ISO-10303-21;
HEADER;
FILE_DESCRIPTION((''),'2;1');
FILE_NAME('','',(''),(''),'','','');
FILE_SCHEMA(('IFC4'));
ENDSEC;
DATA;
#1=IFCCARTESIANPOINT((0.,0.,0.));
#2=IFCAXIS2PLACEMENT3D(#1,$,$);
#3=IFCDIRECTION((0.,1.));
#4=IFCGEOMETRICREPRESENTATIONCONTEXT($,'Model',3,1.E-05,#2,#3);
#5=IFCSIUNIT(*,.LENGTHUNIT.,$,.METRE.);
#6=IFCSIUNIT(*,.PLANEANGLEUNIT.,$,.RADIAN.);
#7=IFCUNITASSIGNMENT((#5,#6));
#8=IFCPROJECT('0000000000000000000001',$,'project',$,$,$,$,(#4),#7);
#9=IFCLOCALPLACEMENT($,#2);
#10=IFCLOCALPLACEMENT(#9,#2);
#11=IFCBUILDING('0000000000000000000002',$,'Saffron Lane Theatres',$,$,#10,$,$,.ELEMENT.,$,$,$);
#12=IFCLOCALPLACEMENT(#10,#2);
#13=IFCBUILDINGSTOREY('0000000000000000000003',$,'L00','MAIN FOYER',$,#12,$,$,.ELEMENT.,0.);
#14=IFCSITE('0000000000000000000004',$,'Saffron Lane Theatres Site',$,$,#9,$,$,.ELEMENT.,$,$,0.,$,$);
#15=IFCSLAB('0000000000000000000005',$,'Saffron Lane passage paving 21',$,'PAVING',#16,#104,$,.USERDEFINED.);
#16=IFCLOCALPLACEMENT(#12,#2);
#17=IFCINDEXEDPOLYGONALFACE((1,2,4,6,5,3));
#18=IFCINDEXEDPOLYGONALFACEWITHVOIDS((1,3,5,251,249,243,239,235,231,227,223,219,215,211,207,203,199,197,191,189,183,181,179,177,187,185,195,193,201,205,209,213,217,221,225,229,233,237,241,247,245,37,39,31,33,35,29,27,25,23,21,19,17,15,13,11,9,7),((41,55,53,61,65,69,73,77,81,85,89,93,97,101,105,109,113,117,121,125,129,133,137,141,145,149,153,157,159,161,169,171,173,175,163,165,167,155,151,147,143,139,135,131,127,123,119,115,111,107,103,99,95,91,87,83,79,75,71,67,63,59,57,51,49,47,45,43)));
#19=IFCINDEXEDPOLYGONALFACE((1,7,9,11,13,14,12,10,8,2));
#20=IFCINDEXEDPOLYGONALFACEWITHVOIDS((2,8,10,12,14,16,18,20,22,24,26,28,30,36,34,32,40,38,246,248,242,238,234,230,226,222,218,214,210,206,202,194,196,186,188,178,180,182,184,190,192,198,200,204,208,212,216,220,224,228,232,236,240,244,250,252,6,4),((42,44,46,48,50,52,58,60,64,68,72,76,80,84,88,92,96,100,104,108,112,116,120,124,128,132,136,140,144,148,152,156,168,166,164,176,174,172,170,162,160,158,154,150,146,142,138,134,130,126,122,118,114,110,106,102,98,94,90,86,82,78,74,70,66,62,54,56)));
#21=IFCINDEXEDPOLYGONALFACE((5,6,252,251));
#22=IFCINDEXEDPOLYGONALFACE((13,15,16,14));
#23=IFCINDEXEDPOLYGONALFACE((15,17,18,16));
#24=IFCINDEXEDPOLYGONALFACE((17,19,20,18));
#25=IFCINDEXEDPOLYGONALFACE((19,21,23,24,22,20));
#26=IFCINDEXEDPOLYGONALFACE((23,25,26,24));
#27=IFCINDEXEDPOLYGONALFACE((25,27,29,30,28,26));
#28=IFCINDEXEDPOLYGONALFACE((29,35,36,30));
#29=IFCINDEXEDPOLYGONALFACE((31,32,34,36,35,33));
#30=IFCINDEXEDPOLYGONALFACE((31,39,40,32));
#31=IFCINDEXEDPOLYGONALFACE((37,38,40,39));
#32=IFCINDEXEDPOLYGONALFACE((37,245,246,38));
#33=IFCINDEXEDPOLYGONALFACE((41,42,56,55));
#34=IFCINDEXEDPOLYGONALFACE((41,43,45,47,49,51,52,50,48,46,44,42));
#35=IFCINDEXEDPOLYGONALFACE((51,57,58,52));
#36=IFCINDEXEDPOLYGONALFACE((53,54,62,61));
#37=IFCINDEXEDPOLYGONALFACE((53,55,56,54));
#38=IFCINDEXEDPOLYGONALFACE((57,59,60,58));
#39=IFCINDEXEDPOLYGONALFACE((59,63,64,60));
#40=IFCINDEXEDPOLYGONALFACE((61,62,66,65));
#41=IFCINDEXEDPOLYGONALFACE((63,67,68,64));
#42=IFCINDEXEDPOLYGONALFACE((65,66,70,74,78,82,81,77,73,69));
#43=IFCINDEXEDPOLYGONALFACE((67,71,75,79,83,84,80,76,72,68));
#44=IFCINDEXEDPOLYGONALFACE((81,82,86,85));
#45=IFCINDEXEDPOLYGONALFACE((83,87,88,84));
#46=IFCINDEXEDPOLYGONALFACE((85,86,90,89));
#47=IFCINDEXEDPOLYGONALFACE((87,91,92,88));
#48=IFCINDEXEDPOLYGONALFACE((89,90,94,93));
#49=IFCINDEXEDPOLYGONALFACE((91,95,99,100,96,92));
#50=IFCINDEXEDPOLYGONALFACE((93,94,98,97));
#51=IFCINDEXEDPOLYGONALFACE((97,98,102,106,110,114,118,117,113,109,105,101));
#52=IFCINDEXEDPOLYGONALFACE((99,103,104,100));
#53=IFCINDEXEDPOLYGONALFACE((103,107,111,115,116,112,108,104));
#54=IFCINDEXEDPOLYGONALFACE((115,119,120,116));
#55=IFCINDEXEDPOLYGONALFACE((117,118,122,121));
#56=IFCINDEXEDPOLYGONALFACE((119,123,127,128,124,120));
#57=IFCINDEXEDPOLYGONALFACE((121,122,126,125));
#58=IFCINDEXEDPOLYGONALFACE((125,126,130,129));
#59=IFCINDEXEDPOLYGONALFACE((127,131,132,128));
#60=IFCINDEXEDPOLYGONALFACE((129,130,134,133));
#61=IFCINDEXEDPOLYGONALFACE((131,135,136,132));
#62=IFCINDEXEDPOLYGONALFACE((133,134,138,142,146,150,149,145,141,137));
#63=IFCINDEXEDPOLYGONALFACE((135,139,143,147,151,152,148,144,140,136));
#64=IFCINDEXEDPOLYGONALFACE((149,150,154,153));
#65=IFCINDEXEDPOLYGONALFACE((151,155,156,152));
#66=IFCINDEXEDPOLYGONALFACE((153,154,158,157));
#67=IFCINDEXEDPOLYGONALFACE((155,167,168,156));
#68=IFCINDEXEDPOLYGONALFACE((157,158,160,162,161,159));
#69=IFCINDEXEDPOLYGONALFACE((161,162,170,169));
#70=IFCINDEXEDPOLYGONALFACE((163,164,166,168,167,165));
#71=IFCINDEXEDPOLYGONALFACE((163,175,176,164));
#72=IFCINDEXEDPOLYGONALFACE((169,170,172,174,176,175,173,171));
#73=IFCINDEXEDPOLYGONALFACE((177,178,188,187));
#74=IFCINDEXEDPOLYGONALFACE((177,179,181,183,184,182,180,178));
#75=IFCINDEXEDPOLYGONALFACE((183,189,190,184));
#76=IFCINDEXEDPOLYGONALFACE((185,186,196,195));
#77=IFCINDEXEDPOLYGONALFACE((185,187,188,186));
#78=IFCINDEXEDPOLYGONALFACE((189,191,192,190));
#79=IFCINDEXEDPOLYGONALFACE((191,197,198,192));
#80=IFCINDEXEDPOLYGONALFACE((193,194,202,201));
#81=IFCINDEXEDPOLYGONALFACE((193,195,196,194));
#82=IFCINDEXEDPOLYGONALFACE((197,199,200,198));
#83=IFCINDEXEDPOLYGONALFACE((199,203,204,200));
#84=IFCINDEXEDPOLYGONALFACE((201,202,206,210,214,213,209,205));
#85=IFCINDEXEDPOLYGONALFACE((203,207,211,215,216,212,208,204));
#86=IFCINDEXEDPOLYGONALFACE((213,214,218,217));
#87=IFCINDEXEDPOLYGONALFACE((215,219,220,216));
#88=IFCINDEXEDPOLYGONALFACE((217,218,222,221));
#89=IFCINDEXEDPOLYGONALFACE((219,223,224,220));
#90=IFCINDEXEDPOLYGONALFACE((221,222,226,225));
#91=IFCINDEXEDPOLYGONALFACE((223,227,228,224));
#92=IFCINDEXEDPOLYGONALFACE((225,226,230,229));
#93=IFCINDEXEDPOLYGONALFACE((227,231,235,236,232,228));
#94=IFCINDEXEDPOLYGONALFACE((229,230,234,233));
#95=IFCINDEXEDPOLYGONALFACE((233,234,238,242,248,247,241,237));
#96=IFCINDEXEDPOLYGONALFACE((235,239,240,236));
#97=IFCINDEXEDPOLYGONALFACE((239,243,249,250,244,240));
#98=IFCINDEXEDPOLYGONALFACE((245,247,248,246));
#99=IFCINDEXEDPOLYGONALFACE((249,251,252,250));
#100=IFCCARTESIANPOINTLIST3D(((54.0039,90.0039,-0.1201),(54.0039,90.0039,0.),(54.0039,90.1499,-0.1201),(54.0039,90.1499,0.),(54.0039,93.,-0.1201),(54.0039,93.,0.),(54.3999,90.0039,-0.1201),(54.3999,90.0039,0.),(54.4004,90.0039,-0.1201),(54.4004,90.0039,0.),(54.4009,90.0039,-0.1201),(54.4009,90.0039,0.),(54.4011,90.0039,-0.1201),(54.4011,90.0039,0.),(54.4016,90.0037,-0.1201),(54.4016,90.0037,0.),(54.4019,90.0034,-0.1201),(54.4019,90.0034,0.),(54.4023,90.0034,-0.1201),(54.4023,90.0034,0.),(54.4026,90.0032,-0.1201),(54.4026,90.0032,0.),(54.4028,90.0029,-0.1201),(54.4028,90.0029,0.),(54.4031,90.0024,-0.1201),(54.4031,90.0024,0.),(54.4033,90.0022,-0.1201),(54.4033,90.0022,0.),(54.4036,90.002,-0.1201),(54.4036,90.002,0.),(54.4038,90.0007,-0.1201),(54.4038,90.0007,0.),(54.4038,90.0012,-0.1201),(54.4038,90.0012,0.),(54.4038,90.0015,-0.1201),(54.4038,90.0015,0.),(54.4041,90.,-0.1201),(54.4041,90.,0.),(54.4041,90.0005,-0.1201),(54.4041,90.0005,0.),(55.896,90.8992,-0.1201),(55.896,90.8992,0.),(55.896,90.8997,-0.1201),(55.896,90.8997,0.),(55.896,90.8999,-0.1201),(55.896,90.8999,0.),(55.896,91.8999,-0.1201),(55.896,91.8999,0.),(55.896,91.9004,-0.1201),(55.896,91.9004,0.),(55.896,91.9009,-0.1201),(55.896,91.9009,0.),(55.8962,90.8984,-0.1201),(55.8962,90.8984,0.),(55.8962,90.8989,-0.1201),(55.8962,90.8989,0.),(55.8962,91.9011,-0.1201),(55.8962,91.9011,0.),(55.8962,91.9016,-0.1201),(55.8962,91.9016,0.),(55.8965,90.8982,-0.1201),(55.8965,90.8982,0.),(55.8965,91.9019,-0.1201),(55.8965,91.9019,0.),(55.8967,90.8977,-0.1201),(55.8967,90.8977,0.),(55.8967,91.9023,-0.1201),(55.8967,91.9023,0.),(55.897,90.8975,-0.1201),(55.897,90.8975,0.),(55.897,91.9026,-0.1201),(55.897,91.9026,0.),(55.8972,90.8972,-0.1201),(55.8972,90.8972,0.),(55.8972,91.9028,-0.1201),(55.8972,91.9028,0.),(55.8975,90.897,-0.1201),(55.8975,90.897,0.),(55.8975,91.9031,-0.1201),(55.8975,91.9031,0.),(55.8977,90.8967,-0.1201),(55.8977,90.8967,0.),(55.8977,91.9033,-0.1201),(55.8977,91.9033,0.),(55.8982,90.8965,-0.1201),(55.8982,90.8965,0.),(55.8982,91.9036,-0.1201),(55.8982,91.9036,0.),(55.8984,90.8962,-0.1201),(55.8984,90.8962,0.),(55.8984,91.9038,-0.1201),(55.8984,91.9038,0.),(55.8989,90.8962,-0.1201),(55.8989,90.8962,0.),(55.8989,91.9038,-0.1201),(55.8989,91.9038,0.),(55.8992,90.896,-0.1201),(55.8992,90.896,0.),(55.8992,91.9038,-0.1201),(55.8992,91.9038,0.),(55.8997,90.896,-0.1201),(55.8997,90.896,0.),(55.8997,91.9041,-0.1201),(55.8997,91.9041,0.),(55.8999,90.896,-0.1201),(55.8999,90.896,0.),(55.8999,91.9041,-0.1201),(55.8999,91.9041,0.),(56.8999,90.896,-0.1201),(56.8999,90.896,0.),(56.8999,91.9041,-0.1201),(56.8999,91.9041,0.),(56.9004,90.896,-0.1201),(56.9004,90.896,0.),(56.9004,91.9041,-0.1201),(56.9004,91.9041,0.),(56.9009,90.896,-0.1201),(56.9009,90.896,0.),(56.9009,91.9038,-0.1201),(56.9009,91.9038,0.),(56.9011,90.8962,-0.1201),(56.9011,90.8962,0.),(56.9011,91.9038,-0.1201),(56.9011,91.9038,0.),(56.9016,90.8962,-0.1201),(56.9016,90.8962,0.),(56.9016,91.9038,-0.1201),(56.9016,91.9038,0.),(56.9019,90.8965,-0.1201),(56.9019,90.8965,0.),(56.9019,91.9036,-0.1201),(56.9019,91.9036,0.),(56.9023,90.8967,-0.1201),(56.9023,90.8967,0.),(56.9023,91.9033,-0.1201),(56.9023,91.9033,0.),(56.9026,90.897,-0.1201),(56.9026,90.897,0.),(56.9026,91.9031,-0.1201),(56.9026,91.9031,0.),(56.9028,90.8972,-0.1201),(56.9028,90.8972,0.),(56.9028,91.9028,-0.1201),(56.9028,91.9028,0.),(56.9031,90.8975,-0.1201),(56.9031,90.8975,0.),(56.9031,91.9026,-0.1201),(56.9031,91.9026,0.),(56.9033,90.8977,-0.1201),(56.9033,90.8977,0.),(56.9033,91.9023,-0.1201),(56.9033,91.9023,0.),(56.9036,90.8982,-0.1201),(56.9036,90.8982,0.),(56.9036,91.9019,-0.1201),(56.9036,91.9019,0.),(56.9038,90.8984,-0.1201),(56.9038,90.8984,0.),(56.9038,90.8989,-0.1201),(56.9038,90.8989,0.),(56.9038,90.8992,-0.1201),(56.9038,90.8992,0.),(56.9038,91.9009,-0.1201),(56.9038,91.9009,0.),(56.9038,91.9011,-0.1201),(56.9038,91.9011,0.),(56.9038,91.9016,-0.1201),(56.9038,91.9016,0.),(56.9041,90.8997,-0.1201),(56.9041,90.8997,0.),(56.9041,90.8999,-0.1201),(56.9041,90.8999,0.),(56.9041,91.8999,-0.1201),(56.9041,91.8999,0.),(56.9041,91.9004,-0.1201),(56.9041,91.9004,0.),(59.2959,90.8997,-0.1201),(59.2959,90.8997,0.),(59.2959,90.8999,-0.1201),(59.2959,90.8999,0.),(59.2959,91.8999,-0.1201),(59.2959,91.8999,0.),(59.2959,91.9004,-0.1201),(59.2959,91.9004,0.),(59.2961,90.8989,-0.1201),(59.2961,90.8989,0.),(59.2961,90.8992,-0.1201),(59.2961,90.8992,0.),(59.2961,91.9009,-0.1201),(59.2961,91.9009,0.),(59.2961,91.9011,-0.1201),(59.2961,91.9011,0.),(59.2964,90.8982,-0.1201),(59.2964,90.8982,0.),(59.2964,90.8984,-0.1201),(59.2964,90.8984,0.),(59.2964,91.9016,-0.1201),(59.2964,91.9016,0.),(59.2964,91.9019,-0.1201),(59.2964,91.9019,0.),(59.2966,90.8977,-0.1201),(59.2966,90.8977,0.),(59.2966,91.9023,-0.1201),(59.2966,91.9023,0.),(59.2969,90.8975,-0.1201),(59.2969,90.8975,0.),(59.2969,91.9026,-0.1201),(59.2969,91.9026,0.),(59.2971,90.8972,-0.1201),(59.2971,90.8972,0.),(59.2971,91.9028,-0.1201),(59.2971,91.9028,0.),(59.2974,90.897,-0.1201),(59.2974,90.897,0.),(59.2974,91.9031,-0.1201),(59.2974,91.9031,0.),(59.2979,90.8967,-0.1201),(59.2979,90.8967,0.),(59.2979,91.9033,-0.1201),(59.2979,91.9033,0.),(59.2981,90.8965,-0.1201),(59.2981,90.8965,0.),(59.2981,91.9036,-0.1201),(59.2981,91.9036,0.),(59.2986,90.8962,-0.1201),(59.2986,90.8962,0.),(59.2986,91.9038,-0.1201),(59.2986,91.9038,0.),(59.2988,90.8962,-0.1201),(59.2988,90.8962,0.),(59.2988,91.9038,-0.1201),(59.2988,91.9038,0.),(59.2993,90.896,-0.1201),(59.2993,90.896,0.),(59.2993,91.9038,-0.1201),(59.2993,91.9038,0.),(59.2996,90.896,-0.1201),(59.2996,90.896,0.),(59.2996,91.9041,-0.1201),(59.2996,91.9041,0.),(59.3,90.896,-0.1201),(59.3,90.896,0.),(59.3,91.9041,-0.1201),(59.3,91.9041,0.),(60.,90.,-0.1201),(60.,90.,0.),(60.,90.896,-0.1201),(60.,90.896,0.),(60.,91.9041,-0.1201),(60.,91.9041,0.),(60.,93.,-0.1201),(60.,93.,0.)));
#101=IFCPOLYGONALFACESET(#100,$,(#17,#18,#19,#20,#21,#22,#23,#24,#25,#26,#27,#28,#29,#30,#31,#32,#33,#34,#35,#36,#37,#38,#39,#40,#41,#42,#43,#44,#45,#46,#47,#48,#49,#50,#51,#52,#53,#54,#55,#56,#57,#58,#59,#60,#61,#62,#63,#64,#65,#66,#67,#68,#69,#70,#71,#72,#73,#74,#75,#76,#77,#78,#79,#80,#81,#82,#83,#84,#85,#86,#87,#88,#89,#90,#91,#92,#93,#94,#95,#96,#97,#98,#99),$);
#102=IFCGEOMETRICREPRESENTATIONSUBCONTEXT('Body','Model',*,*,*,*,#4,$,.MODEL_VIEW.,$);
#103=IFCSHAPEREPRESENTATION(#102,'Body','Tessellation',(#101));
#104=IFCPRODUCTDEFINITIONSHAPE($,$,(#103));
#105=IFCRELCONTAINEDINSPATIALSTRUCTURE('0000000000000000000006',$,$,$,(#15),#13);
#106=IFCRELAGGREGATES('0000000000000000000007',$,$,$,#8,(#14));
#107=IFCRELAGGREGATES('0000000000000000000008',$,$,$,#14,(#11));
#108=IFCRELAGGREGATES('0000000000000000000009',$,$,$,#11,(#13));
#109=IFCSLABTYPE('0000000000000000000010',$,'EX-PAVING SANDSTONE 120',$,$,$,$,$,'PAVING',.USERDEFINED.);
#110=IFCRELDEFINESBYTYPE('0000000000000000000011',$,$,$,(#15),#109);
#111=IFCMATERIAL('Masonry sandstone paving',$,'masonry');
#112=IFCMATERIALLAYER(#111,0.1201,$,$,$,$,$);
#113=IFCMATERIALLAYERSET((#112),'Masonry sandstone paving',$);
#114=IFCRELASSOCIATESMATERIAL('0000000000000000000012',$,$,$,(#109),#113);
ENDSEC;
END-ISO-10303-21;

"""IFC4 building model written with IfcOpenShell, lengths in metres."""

from ifc_helpers import new_model, si_unit, direction, frame, origin, place, context, subcontext, project, spatial, polyline, outline, extrude, material, layer, layer_set, type_object, element, save


model = new_model("IFC4")

# Units and contexts
model_context = context("Model", 3, precision=1e-05, world=origin(), true_north=direction((0.0, 1.0)))
body_context = subcontext(model_context, "Body", "Model", "MODEL_VIEW")
ifc_project = project(units=[si_unit("LENGTHUNIT", "METRE"), si_unit("PLANEANGLEUNIT", "RADIAN")], contexts=[model_context])

# Site, building, storey
site_placement = place(None, origin())
site = spatial("IfcSite", under=ifc_project, at=site_placement, Name="Saffron Lane Theatres Site", CompositionType="ELEMENT", RefElevation=0.0)
building_placement = place(site_placement, origin())
building = spatial("IfcBuilding", under=site, at=building_placement, Name="Saffron Lane Theatres", CompositionType="ELEMENT")
storey_placement = place(building_placement, origin())
storey = spatial("IfcBuildingStorey", under=building, at=storey_placement, Name="L00", Description="MAIN FOYER", CompositionType="ELEMENT", Elevation=0.0)

# Slab
ifc_material_1 = material(Name="Masonry sandstone paving", Category="masonry")
ifc_layer_1 = layer(ifc_material_1, 0.1201)
ifc_layer_set_1 = layer_set([ifc_layer_1], Name="Masonry sandstone paving")
slab_type_1 = type_object("IfcSlabType", Name="EX-PAVING SANDSTONE 120", ElementType="PAVING", PredefinedType="USERDEFINED", material=ifc_layer_set_1)
slab_1_placement = place(storey_placement, frame((0.0, 0.0, -0.1201)))
element("IfcSlab", 1, at=slab_1_placement, inside=storey, type_object=slab_type_1, Name="Saffron Lane passage paving 21", ObjectType="PAVING", PredefinedType="USERDEFINED", context=body_context, shape_type="SweptSolid", body=[
    extrude(outline(polyline([(60.0, 91.9041), (60.0, 93.0), (54.0039, 93.0), (54.0039, 90.1499), (54.0039, 90.0039), (54.3999, 90.0039), (54.4004, 90.0039), (54.4009, 90.0039), (54.4011, 90.0039), (54.4016, 90.0037), (54.4019, 90.0034), (54.4023, 90.0034), (54.4026, 90.0032), (54.4028, 90.0029), (54.4031, 90.0024), (54.4033, 90.0022), (54.4036, 90.002), (54.4038, 90.0015), (54.4038, 90.0012), (54.4038, 90.0007), (54.4041, 90.0005), (54.4041, 90.0), (60.0, 90.0), (60.0, 90.896), (59.3, 90.896), (59.2996, 90.896), (59.2993, 90.896), (59.2988, 90.8962), (59.2986, 90.8962), (59.2981, 90.8965), (59.2979, 90.8967), (59.2974, 90.897), (59.2971, 90.8972), (59.2969, 90.8975), (59.2966, 90.8977), (59.2964, 90.8982), (59.2964, 90.8984), (59.2961, 90.8989), (59.2961, 90.8992), (59.2959, 90.8997), (59.2959, 90.8999), (59.2959, 91.8999), (59.2959, 91.9004), (59.2961, 91.9009), (59.2961, 91.9011), (59.2964, 91.9016), (59.2964, 91.9019), (59.2966, 91.9023), (59.2969, 91.9026), (59.2971, 91.9028), (59.2974, 91.9031), (59.2979, 91.9033), (59.2981, 91.9036), (59.2986, 91.9038), (59.2988, 91.9038), (59.2993, 91.9038), (59.2996, 91.9041), (59.3, 91.9041), (60.0, 91.9041)]), holes=[polyline([(55.896, 91.9009), (55.8962, 91.9011), (55.8962, 91.9016), (55.8965, 91.9019), (55.8967, 91.9023), (55.897, 91.9026), (55.8972, 91.9028), (55.8975, 91.9031), (55.8977, 91.9033), (55.8982, 91.9036), (55.8984, 91.9038), (55.8989, 91.9038), (55.8992, 91.9038), (55.8997, 91.9041), (55.8999, 91.9041), (56.8999, 91.9041), (56.9004, 91.9041), (56.9009, 91.9038), (56.9011, 91.9038), (56.9016, 91.9038), (56.9019, 91.9036), (56.9023, 91.9033), (56.9026, 91.9031), (56.9028, 91.9028), (56.9031, 91.9026), (56.9033, 91.9023), (56.9036, 91.9019), (56.9038, 91.9016), (56.9038, 91.9011), (56.9038, 91.9009), (56.9041, 91.9004), (56.9041, 91.8999), (56.9041, 90.8999), (56.9041, 90.8997), (56.9038, 90.8992), (56.9038, 90.8989), (56.9038, 90.8984), (56.9036, 90.8982), (56.9033, 90.8977), (56.9031, 90.8975), (56.9028, 90.8972), (56.9026, 90.897), (56.9023, 90.8967), (56.9019, 90.8965), (56.9016, 90.8962), (56.9011, 90.8962), (56.9009, 90.896), (56.9004, 90.896), (56.8999, 90.896), (55.8999, 90.896), (55.8997, 90.896), (55.8992, 90.896), (55.8989, 90.8962), (55.8984, 90.8962), (55.8982, 90.8965), (55.8977, 90.8967), (55.8975, 90.897), (55.8972, 90.8972), (55.897, 90.8975), (55.8967, 90.8977), (55.8965, 90.8982), (55.8962, 90.8984), (55.8962, 90.8989), (55.896, 90.8992), (55.896, 90.8997), (55.896, 90.8999), (55.896, 91.8999), (55.896, 91.9004), (55.896, 91.9009)])]), origin(), (0.0, 0.0, 1.0), 0.1201),
])

save(model, "model.ifc")
